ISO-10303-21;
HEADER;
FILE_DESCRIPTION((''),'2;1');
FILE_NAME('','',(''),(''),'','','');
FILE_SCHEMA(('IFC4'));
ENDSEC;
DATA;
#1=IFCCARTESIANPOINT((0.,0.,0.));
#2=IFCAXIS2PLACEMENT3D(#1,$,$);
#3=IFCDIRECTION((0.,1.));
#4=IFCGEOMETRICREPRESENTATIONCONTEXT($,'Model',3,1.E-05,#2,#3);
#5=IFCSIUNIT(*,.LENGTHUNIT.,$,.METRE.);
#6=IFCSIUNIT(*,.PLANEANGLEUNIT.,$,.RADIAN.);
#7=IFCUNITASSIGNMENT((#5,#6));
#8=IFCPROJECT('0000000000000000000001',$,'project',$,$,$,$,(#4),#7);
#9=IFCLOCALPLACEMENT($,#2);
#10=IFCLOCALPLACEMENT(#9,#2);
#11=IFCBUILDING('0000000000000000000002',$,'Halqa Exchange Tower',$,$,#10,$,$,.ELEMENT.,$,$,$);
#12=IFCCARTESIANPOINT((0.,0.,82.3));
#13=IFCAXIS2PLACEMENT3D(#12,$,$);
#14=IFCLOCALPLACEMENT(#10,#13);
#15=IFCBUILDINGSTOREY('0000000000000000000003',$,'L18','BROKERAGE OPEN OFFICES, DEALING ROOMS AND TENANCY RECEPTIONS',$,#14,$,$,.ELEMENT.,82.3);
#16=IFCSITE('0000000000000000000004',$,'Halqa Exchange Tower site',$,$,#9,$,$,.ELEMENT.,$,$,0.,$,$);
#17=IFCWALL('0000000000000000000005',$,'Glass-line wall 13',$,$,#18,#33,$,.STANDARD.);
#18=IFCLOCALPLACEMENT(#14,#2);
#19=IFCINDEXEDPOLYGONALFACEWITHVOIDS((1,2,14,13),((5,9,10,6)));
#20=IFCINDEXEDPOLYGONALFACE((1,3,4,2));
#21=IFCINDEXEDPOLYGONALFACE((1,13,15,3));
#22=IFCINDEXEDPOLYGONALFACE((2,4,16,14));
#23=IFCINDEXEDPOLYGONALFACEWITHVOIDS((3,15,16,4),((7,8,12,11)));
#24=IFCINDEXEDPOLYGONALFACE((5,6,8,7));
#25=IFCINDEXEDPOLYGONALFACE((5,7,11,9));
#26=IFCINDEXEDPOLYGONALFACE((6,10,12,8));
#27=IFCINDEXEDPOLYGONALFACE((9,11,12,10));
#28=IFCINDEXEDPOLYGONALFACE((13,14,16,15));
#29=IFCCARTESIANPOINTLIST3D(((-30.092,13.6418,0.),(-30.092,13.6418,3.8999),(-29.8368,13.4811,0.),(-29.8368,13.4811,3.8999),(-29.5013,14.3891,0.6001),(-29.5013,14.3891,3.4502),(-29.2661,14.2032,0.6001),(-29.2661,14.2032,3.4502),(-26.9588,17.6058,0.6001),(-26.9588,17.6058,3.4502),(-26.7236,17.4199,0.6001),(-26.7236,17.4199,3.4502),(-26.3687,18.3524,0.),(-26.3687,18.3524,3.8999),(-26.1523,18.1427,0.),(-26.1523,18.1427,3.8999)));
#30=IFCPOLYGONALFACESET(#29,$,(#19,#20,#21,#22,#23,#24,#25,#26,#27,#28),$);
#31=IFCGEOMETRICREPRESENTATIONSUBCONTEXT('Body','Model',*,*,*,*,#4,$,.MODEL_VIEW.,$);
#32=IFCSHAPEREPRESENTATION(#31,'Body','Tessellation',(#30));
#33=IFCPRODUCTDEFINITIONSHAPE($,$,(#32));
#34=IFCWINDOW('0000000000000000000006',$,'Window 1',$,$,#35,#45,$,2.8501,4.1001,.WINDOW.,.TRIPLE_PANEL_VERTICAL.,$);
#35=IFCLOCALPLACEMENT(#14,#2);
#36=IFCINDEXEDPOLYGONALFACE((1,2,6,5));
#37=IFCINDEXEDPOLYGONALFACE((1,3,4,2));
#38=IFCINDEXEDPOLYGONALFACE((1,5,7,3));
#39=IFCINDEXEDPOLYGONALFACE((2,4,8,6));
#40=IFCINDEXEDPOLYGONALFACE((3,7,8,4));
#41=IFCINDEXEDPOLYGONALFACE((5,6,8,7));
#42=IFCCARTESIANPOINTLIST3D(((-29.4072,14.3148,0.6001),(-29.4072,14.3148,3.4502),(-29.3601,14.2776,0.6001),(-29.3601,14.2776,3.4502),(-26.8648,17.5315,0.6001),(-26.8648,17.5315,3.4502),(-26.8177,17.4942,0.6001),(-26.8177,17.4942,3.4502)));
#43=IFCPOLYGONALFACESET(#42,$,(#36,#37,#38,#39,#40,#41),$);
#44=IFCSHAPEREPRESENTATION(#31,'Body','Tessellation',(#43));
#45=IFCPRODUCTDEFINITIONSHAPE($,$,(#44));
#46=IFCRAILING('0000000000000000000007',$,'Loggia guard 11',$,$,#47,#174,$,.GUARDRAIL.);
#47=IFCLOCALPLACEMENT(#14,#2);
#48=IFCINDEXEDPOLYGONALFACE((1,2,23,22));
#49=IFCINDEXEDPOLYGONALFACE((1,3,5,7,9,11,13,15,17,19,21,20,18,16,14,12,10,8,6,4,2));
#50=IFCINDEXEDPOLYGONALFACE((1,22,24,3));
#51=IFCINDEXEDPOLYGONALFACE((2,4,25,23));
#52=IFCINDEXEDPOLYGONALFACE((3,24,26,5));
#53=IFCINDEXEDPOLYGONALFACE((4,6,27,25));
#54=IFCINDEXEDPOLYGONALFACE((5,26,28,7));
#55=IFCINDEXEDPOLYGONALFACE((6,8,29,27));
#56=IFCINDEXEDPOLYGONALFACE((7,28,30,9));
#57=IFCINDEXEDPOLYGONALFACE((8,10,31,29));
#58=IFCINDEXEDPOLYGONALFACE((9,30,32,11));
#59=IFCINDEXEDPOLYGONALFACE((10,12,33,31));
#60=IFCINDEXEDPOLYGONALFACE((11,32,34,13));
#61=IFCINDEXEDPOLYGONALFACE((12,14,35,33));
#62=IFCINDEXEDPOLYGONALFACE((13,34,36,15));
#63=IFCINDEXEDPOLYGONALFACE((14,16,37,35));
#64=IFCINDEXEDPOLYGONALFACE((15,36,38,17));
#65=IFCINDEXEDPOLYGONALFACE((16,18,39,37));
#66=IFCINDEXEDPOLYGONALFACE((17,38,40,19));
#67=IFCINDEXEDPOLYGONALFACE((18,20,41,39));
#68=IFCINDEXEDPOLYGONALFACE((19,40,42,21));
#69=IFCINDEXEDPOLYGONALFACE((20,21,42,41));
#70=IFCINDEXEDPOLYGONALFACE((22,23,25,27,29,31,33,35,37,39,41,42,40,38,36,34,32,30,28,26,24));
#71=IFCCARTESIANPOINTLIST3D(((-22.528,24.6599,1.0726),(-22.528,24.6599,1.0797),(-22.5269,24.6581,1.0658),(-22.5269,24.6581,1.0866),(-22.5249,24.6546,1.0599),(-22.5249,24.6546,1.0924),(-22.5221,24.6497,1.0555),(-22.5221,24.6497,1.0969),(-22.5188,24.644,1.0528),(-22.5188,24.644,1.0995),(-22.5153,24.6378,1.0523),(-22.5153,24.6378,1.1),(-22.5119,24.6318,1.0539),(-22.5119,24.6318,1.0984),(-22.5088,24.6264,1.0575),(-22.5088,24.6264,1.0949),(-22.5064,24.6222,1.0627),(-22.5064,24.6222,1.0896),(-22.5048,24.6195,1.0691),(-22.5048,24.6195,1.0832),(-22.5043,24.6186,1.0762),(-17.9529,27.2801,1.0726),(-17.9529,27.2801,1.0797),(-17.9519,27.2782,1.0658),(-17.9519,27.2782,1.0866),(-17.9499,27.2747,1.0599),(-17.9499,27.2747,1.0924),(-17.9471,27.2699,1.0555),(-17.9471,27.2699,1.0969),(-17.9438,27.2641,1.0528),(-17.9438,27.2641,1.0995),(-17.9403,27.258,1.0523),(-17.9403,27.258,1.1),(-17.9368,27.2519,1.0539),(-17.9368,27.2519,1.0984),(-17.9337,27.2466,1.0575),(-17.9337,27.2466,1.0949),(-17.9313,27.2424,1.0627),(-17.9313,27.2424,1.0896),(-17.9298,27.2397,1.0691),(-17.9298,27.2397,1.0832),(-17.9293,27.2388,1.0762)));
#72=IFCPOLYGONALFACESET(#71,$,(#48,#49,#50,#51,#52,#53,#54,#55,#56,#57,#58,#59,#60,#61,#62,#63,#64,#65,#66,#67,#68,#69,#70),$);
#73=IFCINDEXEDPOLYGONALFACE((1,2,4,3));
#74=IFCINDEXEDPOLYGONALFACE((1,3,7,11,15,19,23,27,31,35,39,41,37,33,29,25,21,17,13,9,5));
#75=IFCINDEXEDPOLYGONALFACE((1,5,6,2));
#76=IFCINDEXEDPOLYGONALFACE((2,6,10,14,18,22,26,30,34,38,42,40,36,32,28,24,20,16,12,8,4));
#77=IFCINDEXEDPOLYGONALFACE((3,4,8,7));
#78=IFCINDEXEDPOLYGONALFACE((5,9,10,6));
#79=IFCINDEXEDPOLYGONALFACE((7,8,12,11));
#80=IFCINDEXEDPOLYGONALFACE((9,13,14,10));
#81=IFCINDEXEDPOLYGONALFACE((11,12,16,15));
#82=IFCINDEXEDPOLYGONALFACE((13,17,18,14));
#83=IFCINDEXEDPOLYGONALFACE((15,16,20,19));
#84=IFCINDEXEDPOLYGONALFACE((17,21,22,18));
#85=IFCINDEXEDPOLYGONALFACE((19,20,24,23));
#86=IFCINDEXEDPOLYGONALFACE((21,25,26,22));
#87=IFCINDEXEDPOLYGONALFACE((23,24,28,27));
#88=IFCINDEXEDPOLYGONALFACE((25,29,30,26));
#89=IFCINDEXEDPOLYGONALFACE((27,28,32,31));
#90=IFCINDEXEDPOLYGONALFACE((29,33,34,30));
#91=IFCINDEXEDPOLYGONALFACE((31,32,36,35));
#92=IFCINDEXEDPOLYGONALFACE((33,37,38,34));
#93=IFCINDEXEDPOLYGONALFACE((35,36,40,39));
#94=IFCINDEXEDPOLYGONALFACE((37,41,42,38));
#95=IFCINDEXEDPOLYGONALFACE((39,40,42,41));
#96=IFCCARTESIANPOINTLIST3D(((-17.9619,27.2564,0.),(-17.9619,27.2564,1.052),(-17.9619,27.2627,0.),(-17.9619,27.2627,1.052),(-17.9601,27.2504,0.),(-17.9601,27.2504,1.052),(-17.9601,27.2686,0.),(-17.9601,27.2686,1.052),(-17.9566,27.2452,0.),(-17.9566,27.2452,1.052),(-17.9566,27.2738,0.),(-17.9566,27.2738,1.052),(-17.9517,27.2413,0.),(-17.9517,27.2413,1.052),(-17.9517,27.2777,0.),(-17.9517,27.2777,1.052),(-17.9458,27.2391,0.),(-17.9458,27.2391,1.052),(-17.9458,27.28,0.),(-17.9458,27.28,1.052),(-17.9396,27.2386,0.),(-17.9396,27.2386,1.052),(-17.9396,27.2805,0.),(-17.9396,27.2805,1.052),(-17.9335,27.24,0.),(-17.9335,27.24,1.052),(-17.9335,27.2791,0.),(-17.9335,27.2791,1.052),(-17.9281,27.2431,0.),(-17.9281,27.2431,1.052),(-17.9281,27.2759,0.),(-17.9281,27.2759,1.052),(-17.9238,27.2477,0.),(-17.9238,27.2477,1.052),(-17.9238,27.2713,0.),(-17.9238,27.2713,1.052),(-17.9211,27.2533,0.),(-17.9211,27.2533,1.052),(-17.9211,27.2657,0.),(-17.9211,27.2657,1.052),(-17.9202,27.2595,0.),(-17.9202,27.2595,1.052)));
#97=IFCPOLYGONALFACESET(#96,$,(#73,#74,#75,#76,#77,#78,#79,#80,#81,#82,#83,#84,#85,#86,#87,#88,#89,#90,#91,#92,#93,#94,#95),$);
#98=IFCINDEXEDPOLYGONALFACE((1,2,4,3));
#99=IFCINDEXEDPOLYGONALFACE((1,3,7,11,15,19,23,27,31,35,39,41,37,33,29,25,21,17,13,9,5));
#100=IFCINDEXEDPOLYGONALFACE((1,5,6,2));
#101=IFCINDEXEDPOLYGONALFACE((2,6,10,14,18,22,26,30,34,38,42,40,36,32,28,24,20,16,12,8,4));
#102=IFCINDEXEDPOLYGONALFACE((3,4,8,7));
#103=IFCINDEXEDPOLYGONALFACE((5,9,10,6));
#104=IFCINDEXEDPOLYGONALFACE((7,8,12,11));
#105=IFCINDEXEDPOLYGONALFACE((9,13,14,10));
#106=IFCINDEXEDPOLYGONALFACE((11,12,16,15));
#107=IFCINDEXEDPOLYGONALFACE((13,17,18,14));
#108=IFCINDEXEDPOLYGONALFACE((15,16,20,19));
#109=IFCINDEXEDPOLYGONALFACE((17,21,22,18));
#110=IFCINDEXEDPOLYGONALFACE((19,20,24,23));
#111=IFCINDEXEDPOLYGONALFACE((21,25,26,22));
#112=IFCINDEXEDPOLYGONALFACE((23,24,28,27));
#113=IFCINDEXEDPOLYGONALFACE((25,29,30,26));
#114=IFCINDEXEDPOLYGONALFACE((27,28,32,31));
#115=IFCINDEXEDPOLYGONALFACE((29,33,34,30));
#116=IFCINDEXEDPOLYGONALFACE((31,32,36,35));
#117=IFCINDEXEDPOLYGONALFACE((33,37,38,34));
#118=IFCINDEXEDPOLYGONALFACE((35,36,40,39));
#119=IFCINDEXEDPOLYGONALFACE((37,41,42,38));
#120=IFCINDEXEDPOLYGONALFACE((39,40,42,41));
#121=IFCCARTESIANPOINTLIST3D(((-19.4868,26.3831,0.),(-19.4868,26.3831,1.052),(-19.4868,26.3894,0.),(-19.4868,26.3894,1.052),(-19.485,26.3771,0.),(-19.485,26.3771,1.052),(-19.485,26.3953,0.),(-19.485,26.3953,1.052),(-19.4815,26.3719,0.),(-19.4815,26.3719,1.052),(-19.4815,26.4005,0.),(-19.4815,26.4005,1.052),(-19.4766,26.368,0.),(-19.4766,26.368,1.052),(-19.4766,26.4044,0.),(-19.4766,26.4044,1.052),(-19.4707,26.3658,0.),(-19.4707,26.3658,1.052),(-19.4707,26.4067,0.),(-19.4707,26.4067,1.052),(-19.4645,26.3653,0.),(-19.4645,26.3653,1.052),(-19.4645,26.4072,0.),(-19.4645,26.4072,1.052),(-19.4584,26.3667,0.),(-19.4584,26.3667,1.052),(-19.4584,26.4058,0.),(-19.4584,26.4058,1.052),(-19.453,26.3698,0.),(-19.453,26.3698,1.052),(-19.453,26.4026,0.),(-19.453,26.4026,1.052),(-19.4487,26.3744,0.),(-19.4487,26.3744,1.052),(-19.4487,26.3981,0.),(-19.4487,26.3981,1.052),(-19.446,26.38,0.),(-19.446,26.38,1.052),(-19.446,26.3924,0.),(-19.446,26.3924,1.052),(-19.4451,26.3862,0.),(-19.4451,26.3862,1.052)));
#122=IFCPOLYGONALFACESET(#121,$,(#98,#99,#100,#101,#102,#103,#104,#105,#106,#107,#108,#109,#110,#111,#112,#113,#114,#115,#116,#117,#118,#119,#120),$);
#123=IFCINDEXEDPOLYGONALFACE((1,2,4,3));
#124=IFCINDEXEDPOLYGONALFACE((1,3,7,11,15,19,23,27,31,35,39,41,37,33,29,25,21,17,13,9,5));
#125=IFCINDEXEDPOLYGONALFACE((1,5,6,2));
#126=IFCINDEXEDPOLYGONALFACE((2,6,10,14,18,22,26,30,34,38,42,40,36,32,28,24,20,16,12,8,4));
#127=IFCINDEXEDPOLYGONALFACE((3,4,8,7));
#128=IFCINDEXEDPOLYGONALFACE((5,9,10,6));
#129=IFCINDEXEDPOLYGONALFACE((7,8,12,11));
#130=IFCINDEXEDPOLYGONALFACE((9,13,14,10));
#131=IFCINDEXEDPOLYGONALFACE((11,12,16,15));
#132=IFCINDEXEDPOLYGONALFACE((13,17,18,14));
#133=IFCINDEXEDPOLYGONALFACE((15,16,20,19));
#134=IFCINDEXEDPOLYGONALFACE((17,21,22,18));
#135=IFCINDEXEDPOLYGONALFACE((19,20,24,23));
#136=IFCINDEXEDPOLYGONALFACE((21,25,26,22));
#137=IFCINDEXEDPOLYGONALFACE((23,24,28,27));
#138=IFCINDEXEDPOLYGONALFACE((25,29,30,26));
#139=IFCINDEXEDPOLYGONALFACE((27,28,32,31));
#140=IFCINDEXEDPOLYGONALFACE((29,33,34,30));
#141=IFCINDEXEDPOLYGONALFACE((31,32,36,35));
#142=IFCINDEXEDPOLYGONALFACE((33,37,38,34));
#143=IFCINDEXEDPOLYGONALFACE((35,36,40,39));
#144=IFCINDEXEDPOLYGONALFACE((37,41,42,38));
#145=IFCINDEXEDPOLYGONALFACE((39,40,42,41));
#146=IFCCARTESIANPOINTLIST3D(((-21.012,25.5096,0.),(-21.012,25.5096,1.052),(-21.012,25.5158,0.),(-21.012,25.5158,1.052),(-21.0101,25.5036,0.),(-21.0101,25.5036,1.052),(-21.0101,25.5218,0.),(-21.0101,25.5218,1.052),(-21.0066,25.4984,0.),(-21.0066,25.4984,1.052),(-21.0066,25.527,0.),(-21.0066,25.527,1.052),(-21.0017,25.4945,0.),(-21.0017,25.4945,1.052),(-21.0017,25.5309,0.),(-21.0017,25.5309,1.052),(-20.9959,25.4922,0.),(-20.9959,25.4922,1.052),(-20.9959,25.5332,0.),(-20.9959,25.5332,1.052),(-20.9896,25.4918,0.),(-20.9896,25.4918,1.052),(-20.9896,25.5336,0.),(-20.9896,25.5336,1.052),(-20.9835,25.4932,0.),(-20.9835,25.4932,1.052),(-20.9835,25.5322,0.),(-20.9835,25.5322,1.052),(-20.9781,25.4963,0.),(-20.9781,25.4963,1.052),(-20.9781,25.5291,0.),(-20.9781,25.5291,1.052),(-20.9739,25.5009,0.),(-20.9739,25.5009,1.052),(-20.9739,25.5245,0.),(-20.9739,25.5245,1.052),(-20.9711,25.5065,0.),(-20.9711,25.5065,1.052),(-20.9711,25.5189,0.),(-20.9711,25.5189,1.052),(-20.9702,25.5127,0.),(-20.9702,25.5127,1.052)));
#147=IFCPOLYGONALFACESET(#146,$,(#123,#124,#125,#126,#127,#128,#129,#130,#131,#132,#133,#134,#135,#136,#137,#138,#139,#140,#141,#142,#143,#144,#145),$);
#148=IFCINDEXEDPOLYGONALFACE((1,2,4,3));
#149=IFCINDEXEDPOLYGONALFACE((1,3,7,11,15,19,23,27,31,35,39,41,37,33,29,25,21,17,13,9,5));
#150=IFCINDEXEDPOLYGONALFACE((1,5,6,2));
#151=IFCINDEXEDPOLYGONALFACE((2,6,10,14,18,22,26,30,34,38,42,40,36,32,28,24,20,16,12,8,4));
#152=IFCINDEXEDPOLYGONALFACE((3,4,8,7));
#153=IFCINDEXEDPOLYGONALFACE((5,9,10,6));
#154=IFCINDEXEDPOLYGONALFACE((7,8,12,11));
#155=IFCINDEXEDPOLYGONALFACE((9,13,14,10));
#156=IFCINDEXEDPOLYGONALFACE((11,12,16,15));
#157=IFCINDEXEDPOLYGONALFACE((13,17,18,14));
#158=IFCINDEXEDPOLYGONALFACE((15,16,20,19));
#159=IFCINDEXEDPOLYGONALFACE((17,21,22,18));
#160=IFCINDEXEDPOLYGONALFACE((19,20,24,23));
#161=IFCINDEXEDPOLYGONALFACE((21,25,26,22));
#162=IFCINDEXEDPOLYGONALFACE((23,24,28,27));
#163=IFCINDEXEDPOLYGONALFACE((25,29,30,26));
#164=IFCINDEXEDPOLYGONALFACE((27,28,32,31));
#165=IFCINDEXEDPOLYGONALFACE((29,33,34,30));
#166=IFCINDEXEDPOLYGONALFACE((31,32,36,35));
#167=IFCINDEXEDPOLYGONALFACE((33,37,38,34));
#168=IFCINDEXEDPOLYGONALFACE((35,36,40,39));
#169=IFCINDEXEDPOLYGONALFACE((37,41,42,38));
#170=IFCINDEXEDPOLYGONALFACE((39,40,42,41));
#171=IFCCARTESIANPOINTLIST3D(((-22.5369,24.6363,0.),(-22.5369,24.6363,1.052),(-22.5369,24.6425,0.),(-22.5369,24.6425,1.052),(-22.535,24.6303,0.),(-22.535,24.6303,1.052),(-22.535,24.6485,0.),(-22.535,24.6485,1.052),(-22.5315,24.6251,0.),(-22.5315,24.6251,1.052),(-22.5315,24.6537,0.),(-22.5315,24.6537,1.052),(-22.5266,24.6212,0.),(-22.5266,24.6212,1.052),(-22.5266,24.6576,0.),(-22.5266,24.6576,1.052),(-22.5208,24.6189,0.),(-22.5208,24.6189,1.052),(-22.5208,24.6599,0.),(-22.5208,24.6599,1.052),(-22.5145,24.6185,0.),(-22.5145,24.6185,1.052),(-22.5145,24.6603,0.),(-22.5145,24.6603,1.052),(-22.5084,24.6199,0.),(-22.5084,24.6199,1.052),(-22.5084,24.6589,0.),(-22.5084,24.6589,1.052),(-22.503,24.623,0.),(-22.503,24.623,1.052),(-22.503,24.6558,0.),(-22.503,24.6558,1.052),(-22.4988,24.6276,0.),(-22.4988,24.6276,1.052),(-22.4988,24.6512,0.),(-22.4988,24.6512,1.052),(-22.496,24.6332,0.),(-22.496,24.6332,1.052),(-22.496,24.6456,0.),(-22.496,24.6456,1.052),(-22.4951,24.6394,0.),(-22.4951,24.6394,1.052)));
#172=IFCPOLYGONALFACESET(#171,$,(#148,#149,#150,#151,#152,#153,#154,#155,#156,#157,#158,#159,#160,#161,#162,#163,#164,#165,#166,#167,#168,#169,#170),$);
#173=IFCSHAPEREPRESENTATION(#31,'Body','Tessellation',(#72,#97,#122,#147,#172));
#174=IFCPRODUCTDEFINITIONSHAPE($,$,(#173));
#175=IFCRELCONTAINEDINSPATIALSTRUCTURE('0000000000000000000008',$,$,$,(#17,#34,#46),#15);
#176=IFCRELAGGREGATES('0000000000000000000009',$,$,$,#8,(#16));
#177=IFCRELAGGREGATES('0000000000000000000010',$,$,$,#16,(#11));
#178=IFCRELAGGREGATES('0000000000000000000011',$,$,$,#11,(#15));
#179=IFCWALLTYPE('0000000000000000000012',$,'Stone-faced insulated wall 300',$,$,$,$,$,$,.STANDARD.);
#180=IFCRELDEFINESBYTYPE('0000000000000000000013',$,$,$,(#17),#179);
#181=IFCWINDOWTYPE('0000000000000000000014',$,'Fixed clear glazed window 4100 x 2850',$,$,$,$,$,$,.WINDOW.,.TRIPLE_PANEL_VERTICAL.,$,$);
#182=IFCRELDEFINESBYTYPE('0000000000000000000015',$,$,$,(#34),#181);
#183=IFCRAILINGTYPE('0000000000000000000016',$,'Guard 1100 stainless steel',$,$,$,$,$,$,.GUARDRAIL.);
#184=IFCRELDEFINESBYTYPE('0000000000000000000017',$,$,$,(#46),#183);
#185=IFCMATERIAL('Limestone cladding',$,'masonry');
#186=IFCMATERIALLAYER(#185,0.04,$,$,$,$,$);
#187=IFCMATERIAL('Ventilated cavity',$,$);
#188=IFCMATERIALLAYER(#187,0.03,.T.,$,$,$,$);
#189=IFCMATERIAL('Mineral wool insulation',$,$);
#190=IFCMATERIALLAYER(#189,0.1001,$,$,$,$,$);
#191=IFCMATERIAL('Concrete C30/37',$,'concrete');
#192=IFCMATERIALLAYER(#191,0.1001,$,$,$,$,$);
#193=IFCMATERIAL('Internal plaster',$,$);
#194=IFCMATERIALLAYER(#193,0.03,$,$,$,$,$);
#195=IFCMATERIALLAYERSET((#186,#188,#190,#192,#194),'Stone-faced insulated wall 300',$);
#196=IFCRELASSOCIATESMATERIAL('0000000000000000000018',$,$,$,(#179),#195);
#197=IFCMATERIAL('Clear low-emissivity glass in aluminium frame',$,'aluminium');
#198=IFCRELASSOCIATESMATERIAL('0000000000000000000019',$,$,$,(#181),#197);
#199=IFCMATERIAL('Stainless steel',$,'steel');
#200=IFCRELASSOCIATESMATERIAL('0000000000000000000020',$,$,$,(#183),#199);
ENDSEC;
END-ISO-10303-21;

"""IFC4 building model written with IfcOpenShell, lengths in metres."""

from ifc_helpers import new_model, si_unit, direction, frame, frame_2d, origin, origin_2d, place, context, subcontext, project, spatial, polyline, rectangle, circle, outline, extrude, material, layer, layer_set, type_object, element, fill, save


model = new_model("IFC4")

# Units and contexts
model_context = context("Model", 3, precision=1e-05, world=origin(), true_north=direction((0.0, 1.0)))
body_context = subcontext(model_context, "Body", "Model", "MODEL_VIEW")
ifc_project = project(units=[si_unit("LENGTHUNIT", "METRE"), si_unit("PLANEANGLEUNIT", "RADIAN")], contexts=[model_context])

# Site, building, storey
site_placement = place(None, origin())
site = spatial("IfcSite", under=ifc_project, at=site_placement, Name="Halqa Exchange Tower site", CompositionType="ELEMENT", RefElevation=0.0)
building_placement = place(site_placement, origin())
building = spatial("IfcBuilding", under=site, at=building_placement, Name="Halqa Exchange Tower", CompositionType="ELEMENT")
storey_placement = place(building_placement, frame((0.0, 0.0, 82.3)))
storey = spatial("IfcBuildingStorey", under=building, at=storey_placement, Name="L18", Description="BROKERAGE OPEN OFFICES, DEALING ROOMS AND TENANCY RECEPTIONS", CompositionType="ELEMENT", Elevation=82.3)

# Shared definitions
ifc_material_1 = material(Name="Limestone cladding", Category="masonry")
ifc_layer_1 = layer(ifc_material_1, 0.04)
ifc_material_2 = material(Name="Ventilated cavity")
ifc_layer_2 = layer(ifc_material_2, 0.03, ventilated=True)
ifc_material_3 = material(Name="Mineral wool insulation")
ifc_layer_3 = layer(ifc_material_3, 0.1001)
ifc_material_4 = material(Name="Concrete C30/37", Category="concrete")
ifc_layer_4 = layer(ifc_material_4, 0.1001)
ifc_material_5 = material(Name="Internal plaster")
ifc_layer_5 = layer(ifc_material_5, 0.03)
ifc_layer_set_1 = layer_set([ifc_layer_1, ifc_layer_2, ifc_layer_3, ifc_layer_4, ifc_layer_5], Name="Stone-faced insulated wall 300")
wall_type_1 = type_object("IfcWallType", Name="Stone-faced insulated wall 300", PredefinedType="STANDARD", material=ifc_layer_set_1)
ifc_material_6 = material(Name="Clear low-emissivity glass in aluminium frame", Category="aluminium")
window_type = type_object("IfcWindowType", Name="Fixed clear glazed window 4100 x 2850", PartitioningType="TRIPLE_PANEL_VERTICAL", PredefinedType="WINDOW", material=ifc_material_6)

# Wall, opening, window
wall_1_placement = place(storey_placement, frame((-26.2605, 18.2476, 0.0), z_axis=(0.0, 0.0, 1.0), x_axis=(-0.620093, -0.784528, 0.0)))
wall_1 = element("IfcWall", 1, at=wall_1_placement, inside=storey, type_object=wall_type_1, Name="Glass-line wall 13", PredefinedType="STANDARD", context=body_context, shape_type="SweptSolid", body=[
    extrude(outline(polyline([(-0.0151, -0.1499), (5.9893, -0.1499), (5.957, 0.1499), (0.0151, 0.1499), (-0.0151, -0.1499)])), origin(), (0.0, 0.0, 1.0), 3.8999),
])
opening_1_placement = place(wall_1_placement, frame((0.9365, 0.0, 0.6001)))
opening_1 = element("IfcOpeningElement", 2, at=opening_1_placement, cuts=wall_1, PredefinedType="OPENING", context=body_context, shape_type="SweptSolid", body=[
    extrude(rectangle(XDim=4.1001, YDim=2.8501, at=frame_2d((2.05, 1.425))), frame((0.0, 0.1621, 0.0), z_axis=(0.0, -1.0, 0.0), x_axis=(1.0, 0.0, 0.0)), (0.0, 0.0, 1.0), 0.324),
])
window_1_placement = place(opening_1_placement, origin())
window_1 = element("IfcWindow", 3, at=window_1_placement, inside=storey, type_object=window_type, Name="Window 1", OverallHeight=2.8501, OverallWidth=4.1001, PartitioningType="TRIPLE_PANEL_VERTICAL", PredefinedType="WINDOW", context=body_context, shape_type="SweptSolid", body=[
    extrude(rectangle(XDim=4.1001, YDim=2.8501, at=frame_2d((2.05, 1.425))), frame((0.0, 0.03, 0.0), z_axis=(0.0, -1.0, 0.0), x_axis=(1.0, 0.0, 0.0)), (0.0, 0.0, 1.0), 0.0601),
])
fill(opening_1, window_1)

# Railing
ifc_material_7 = material(Name="Stainless steel", Category="steel")
railing_type = type_object("IfcRailingType", Name="Guard 1100 stainless steel", PredefinedType="GUARDRAIL", material=ifc_material_7)
railing_1_placement = place(storey_placement, frame((-17.9412, 27.2595, 0.0)))
element("IfcRailing", 4, at=railing_1_placement, inside=storey, type_object=railing_type, Name="Loggia guard 11", PredefinedType="GUARDRAIL", context=body_context, shape_type="SweptSolid", body=[
    extrude(circle(Radius=0.0239, at=origin_2d()), frame((0.0, 0.0, 1.0762), z_axis=(-0.867764, -0.496977, 0.0), x_axis=(0.496977, -0.867764, 0.0)), (0.0, 0.0, 1.0), 5.2722),
    extrude(circle(Radius=0.021, at=origin_2d()), origin(), (0.0, 0.0, 1.0), 1.052),
    extrude(circle(Radius=0.021, at=origin_2d()), frame((-1.5249, -0.8733, 0.0)), (0.0, 0.0, 1.0), 1.052),
    extrude(circle(Radius=0.021, at=origin_2d()), frame((-3.05, -1.7468, 0.0)), (0.0, 0.0, 1.0), 1.052),
    extrude(circle(Radius=0.021, at=origin_2d()), frame((-4.575, -2.6201, 0.0)), (0.0, 0.0, 1.0), 1.052),
])

save(model, "model.ifc")
